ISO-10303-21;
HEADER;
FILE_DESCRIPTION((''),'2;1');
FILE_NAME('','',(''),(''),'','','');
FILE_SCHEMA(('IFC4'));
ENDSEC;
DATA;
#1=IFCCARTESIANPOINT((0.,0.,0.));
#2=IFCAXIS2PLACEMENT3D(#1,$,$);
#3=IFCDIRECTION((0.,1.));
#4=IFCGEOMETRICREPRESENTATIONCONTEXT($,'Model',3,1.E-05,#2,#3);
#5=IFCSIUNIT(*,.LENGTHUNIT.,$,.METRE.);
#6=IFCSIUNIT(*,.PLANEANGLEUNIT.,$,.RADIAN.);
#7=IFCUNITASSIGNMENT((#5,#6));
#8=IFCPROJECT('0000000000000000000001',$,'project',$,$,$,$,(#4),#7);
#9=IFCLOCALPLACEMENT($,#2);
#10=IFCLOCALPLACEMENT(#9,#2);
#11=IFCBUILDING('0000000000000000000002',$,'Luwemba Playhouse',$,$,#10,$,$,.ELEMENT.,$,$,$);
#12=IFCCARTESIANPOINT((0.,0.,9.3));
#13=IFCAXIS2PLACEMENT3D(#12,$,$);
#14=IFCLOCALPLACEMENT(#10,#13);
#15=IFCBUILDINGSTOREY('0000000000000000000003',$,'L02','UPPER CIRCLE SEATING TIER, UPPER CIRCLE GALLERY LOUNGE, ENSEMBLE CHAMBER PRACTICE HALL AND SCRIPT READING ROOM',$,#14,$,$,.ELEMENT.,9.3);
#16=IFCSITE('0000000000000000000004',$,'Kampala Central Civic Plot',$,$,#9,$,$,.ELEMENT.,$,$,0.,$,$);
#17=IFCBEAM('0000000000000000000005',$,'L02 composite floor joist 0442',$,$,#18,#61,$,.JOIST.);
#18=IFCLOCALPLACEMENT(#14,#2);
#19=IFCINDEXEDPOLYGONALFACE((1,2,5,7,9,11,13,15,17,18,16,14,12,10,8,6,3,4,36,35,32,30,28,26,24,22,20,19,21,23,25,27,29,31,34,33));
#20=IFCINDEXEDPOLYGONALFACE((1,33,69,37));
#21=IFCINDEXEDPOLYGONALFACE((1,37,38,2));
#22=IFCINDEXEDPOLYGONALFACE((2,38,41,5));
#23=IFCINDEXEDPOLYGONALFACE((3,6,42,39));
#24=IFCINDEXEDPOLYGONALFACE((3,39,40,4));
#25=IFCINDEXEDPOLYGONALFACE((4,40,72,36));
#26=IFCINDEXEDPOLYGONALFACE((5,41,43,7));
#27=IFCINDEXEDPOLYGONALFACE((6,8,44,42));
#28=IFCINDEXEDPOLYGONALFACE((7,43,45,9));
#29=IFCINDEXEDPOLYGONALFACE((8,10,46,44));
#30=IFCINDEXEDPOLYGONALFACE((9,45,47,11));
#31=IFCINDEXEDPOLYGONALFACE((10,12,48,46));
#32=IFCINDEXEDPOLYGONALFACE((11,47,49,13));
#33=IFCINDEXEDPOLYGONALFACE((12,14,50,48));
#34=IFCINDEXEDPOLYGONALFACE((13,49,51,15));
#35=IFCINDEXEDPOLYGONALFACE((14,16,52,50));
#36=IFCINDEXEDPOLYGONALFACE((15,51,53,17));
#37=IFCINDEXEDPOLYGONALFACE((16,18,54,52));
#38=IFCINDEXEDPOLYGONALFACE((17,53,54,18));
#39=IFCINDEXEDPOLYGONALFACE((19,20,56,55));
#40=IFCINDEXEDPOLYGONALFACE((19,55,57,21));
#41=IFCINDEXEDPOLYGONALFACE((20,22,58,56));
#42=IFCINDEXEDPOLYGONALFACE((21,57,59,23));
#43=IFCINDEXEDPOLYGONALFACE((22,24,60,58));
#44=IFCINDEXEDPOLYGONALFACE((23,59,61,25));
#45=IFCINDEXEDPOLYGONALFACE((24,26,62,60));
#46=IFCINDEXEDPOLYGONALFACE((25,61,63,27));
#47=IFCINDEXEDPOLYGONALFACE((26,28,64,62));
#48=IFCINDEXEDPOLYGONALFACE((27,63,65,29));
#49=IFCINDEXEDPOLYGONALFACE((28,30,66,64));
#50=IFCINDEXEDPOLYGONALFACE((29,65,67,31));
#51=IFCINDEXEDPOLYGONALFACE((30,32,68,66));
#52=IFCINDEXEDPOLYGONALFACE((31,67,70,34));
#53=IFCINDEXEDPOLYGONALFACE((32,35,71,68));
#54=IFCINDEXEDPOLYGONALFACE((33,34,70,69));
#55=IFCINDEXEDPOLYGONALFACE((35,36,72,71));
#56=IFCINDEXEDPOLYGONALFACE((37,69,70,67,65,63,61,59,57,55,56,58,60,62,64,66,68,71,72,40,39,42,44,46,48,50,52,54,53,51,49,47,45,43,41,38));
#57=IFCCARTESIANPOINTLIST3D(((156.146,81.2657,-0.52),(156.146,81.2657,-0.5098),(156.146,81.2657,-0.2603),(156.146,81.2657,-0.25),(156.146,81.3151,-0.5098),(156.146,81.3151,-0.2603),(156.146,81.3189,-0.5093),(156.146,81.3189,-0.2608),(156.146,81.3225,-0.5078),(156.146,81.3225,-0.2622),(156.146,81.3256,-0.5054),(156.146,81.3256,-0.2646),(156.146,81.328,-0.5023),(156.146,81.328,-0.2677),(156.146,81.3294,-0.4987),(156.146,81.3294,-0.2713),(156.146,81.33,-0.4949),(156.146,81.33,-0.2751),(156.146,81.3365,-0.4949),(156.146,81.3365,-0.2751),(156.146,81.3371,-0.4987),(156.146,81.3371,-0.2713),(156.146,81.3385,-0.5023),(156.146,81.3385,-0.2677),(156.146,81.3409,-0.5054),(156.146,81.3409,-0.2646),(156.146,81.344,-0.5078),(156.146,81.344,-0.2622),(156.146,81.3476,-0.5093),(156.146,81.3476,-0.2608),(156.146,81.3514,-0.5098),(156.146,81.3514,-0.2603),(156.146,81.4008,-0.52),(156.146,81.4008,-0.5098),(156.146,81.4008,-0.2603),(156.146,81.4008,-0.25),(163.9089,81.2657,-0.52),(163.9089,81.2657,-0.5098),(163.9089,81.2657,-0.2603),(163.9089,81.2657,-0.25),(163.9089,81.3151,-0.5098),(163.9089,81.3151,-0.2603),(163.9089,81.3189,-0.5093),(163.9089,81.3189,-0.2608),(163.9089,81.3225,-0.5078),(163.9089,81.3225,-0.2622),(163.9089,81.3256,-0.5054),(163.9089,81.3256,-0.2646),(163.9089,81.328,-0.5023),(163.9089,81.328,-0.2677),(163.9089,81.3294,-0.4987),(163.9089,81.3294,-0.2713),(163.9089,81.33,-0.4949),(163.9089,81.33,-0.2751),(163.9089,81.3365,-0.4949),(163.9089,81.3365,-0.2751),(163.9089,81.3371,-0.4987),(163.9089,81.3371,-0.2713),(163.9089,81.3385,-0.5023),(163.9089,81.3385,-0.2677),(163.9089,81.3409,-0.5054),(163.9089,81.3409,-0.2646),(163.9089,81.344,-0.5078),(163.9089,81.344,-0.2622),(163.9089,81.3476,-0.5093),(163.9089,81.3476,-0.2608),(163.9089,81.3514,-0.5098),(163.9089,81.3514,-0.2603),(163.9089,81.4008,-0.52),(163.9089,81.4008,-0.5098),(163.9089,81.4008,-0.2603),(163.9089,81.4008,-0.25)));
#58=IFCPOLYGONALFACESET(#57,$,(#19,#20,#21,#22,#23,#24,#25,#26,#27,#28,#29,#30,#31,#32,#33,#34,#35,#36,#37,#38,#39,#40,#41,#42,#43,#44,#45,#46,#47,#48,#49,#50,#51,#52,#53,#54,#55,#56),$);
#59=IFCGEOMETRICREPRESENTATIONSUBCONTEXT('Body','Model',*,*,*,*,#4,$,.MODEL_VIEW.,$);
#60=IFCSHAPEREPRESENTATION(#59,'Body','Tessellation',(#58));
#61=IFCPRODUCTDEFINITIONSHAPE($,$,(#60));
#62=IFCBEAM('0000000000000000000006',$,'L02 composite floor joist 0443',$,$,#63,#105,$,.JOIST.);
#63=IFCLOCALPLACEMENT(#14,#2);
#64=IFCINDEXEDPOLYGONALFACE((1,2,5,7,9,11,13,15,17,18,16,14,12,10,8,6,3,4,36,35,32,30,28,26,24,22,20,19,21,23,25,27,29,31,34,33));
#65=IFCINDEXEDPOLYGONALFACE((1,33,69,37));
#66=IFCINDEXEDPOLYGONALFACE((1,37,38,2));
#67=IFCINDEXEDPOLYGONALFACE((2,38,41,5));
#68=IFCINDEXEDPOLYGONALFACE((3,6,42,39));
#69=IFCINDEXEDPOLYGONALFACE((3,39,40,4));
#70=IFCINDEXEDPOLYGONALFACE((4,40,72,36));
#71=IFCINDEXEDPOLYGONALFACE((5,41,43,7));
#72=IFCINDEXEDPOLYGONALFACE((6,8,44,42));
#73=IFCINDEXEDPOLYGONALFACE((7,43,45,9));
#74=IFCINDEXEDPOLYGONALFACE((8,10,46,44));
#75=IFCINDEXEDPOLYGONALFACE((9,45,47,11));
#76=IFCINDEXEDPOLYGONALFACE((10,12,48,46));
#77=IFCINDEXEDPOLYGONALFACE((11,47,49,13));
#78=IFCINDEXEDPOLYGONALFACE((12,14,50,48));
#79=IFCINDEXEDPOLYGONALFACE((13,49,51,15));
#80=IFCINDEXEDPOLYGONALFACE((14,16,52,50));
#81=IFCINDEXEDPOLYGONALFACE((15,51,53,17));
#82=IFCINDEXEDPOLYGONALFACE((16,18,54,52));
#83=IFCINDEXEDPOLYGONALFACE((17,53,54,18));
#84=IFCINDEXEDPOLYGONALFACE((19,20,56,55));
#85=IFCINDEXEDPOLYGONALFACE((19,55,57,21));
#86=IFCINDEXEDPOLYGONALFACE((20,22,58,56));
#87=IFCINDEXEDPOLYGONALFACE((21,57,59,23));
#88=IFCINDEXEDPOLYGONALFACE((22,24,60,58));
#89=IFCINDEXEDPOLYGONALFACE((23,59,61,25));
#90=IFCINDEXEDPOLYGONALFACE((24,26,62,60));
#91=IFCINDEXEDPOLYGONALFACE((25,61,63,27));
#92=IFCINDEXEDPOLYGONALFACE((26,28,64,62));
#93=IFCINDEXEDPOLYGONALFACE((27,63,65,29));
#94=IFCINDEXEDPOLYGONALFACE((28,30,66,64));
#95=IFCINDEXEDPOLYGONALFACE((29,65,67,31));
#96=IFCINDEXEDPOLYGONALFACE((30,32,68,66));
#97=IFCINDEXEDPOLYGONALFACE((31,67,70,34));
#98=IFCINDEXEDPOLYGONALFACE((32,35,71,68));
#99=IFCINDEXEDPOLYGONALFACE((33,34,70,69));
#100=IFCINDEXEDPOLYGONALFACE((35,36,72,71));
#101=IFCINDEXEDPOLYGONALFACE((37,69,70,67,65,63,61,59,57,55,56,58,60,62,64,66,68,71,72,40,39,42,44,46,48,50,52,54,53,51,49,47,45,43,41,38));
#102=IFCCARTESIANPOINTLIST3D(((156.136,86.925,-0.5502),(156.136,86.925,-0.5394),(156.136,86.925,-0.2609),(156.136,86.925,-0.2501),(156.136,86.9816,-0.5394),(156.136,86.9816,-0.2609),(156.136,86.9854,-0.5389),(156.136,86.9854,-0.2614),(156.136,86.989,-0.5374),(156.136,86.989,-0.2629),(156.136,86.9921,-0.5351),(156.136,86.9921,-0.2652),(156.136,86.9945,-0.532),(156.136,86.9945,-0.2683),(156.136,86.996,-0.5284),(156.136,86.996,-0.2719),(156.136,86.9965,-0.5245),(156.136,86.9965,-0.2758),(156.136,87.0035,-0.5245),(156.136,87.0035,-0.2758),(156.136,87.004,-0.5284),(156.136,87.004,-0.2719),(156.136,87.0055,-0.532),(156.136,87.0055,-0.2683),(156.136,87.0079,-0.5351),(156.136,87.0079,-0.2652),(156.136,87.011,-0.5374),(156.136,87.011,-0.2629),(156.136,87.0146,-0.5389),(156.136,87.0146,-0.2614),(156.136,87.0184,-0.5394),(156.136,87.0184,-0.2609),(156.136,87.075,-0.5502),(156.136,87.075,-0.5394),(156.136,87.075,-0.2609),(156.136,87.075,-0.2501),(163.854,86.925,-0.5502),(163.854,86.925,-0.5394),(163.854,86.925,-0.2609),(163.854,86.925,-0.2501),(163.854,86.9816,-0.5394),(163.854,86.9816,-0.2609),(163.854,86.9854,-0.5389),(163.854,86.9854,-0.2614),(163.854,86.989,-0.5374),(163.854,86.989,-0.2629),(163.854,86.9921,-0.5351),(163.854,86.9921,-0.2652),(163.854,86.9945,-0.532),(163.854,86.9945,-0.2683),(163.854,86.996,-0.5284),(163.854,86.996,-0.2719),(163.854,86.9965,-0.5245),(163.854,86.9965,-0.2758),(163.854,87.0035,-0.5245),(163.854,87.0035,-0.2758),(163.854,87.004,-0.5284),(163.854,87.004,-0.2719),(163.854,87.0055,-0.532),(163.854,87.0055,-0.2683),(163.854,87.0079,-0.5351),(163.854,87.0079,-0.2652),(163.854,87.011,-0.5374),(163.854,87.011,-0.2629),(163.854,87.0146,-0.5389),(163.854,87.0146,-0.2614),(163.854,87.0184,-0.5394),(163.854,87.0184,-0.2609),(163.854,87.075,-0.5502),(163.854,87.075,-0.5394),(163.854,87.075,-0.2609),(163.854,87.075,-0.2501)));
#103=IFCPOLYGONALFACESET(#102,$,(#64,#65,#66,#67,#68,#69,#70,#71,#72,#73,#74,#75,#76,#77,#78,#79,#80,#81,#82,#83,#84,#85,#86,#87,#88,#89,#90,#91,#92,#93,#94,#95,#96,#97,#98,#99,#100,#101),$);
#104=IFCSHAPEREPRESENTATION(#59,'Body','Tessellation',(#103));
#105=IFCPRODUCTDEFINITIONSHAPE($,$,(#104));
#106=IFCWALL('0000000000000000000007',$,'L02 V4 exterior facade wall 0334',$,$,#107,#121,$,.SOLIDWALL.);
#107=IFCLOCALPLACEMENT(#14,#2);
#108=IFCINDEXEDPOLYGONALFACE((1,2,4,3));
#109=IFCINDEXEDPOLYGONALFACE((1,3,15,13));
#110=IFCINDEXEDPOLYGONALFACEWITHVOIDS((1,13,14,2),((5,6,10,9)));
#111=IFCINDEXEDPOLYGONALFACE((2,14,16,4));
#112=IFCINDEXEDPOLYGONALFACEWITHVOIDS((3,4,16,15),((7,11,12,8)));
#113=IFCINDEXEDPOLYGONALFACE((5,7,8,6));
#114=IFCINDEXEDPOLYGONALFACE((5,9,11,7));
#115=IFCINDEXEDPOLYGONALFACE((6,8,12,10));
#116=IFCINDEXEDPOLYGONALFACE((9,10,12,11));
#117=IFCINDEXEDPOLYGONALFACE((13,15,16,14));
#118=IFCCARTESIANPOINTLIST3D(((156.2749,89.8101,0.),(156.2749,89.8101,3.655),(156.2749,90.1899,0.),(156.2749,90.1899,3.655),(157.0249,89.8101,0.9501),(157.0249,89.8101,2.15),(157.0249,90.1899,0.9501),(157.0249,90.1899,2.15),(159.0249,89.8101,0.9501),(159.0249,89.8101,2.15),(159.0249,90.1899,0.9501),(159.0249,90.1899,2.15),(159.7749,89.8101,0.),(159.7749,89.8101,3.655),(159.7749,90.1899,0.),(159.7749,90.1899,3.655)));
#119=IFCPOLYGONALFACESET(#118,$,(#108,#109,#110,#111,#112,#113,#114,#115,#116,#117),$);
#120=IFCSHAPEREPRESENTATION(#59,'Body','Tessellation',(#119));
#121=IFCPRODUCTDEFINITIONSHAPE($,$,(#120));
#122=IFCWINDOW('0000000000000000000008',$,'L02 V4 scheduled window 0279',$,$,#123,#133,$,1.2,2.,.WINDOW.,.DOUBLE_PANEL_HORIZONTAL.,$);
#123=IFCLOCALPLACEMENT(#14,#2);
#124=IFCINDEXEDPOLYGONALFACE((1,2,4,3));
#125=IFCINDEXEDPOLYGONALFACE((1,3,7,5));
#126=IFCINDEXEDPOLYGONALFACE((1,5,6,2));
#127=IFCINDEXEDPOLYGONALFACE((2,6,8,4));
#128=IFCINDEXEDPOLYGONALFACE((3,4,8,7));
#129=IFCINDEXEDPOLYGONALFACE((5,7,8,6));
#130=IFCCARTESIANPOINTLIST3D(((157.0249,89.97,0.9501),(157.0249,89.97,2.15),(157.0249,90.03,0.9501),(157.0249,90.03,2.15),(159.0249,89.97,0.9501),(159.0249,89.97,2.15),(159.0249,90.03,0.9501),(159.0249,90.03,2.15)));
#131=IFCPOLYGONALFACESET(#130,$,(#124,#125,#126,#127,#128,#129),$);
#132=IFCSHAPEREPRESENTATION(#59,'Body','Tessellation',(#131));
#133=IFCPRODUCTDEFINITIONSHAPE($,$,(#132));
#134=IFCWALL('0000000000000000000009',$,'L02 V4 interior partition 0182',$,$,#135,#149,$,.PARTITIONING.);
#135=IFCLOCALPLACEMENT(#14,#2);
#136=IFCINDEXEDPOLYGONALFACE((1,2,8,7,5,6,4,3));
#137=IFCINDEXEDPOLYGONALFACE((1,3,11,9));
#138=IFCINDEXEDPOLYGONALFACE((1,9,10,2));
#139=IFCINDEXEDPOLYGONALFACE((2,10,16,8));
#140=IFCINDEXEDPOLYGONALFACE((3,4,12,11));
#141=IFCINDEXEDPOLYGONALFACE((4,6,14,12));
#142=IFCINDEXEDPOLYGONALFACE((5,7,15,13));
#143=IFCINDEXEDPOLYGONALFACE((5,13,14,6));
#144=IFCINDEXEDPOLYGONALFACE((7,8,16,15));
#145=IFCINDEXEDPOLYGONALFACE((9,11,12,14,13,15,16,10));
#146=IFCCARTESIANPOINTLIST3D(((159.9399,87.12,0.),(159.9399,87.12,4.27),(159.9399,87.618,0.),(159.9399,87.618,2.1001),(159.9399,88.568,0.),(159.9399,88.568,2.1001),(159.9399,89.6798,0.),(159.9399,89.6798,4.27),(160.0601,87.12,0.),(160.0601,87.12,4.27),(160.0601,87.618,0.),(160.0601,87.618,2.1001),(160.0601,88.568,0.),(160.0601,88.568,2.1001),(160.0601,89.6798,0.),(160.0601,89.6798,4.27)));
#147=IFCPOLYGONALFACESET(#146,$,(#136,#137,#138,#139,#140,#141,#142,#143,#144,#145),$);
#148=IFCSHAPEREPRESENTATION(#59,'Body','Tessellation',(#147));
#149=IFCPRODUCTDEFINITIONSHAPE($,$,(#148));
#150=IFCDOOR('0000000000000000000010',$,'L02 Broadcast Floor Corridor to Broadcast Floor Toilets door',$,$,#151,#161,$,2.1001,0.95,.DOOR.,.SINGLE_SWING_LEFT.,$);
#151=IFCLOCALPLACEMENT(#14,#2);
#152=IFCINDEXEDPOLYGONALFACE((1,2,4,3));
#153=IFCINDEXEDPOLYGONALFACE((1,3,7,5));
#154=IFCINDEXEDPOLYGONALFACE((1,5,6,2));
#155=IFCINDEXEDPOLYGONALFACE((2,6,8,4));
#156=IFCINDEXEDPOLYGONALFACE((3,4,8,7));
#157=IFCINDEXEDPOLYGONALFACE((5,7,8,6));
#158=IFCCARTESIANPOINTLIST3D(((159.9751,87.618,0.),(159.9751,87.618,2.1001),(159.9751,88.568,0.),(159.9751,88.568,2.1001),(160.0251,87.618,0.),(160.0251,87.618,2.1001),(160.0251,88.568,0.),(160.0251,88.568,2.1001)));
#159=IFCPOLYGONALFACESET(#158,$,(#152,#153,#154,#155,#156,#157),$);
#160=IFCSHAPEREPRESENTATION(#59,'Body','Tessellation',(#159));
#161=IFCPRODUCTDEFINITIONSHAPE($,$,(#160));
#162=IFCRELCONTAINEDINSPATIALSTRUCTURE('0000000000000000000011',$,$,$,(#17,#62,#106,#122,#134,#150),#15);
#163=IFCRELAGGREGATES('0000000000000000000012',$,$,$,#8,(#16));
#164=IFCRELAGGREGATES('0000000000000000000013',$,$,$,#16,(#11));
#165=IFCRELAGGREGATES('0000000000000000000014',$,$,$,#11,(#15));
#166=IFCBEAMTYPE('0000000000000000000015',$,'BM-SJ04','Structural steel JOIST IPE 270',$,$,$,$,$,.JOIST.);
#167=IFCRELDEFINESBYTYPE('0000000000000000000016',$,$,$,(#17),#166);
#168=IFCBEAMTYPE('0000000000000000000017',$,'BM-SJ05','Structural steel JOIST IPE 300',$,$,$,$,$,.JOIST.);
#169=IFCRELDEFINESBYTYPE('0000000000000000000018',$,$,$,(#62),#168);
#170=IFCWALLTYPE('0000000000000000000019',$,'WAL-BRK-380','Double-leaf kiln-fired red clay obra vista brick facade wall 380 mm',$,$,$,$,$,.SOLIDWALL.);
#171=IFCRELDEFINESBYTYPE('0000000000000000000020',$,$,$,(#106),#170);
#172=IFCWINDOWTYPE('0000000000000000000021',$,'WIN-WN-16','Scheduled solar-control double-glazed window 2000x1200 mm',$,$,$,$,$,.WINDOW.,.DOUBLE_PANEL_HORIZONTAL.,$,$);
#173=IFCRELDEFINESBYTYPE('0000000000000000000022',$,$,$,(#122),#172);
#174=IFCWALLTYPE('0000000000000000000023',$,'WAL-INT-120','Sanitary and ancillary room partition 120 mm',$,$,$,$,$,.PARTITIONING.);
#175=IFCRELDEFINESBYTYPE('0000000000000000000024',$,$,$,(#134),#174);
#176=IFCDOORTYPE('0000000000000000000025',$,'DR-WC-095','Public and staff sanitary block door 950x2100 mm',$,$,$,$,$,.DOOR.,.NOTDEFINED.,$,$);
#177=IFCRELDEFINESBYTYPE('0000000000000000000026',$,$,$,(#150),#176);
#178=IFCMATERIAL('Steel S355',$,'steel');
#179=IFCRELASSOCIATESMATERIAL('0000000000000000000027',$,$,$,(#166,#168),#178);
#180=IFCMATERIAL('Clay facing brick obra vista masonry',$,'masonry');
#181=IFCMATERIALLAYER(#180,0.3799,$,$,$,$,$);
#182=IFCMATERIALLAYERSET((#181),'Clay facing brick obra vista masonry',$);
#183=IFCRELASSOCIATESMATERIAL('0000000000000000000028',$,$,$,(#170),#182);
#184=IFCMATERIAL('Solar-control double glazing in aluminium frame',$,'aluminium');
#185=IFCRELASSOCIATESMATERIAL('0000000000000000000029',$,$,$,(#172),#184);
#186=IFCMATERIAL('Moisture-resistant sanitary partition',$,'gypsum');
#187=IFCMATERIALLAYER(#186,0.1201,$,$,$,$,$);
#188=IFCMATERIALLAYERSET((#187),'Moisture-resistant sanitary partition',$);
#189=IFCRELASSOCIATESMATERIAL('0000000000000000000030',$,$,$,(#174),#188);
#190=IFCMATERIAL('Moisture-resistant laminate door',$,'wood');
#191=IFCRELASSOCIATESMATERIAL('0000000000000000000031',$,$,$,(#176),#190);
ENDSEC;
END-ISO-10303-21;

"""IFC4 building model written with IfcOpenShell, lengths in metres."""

from ifc_helpers import new_model, si_unit, direction, frame, frame_2d, origin, origin_2d, place, context, subcontext, project, spatial, rectangle, i_section, extrude, material, layer, layer_set, material_profile, profile_set, type_object, element, fill, save


model = new_model("IFC4")

# Units and contexts
model_context = context("Model", 3, precision=1e-05, world=origin(), true_north=direction((0.0, 1.0)))
body_context = subcontext(model_context, "Body", "Model", "MODEL_VIEW")
ifc_project = project(units=[si_unit("LENGTHUNIT", "METRE"), si_unit("PLANEANGLEUNIT", "RADIAN")], contexts=[model_context])

# Site, building, storey
site_placement = place(None, origin())
site = spatial("IfcSite", under=ifc_project, at=site_placement, Name="Kampala Central Civic Plot", CompositionType="ELEMENT", RefElevation=0.0)
building_placement = place(site_placement, origin())
building = spatial("IfcBuilding", under=site, at=building_placement, Name="Luwemba Playhouse", CompositionType="ELEMENT")
storey_placement = place(building_placement, frame((0.0, 0.0, 9.3)))
storey = spatial("IfcBuildingStorey", under=building, at=storey_placement, Name="L02", Description="UPPER CIRCLE SEATING TIER, UPPER CIRCLE GALLERY LOUNGE, ENSEMBLE CHAMBER PRACTICE HALL AND SCRIPT READING ROOM", CompositionType="ELEMENT", Elevation=9.3)

# Beams
ifc_material_1 = material(Name="Steel S355", Category="steel")
ifc_material_profile_1 = material_profile(ifc_material_1, i_section(OverallWidth=0.135, OverallDepth=0.27, WebThickness=0.0066, FlangeThickness=0.0103, FilletRadius=0.0149, at=origin_2d()))
ifc_profile_set_1 = profile_set([ifc_material_profile_1], Name="Steel S355")
beam_type_1 = type_object("IfcBeamType", Name="BM-SJ04", Description="Structural steel JOIST IPE 270", PredefinedType="JOIST", material=ifc_profile_set_1)
beam_1_placement = place(storey_placement, frame((156.146, 81.3333, -0.385), z_axis=(1.0, 0.0, 0.0), x_axis=(0.0, 1.0, 0.0)))
element("IfcBeam", 1, at=beam_1_placement, inside=storey, type_object=beam_type_1, Name="L02 composite floor joist 0442", PredefinedType="JOIST", context=body_context, shape_type="SweptSolid", body=[
    extrude(i_section(OverallWidth=0.135, OverallDepth=0.27, WebThickness=0.0066, FlangeThickness=0.0103, FilletRadius=0.0149, at=origin_2d()), origin(), (0.0, 0.0, 1.0), 7.7629),
])
ifc_material_profile_2 = material_profile(ifc_material_1, i_section(OverallWidth=0.1499, OverallDepth=0.3, WebThickness=0.0071, FlangeThickness=0.0107, FilletRadius=0.0149, at=origin_2d()))
ifc_profile_set_2 = profile_set([ifc_material_profile_2], Name="Steel S355")
beam_type_2 = type_object("IfcBeamType", Name="BM-SJ05", Description="Structural steel JOIST IPE 300", PredefinedType="JOIST", material=ifc_profile_set_2)
beam_2_placement = place(storey_placement, frame((156.136, 87.0, -0.4001), z_axis=(1.0, 0.0, 0.0), x_axis=(0.0, 1.0, 0.0)))
element("IfcBeam", 2, at=beam_2_placement, inside=storey, type_object=beam_type_2, Name="L02 composite floor joist 0443", PredefinedType="JOIST", context=body_context, shape_type="SweptSolid", body=[
    extrude(i_section(OverallWidth=0.1499, OverallDepth=0.3, WebThickness=0.0071, FlangeThickness=0.0107, FilletRadius=0.0149, at=origin_2d()), origin(), (0.0, 0.0, 1.0), 7.718),
])

# Wall, opening, window
ifc_material_2 = material(Name="Clay facing brick obra vista masonry", Category="masonry")
ifc_layer_1 = layer(ifc_material_2, 0.3799)
ifc_layer_set_1 = layer_set([ifc_layer_1], Name="Clay facing brick obra vista masonry")
wall_type_1 = type_object("IfcWallType", Name="WAL-BRK-380", Description="Double-leaf kiln-fired red clay obra vista brick facade wall 380 mm", PredefinedType="SOLIDWALL", material=ifc_layer_set_1)
wall_1_placement = place(storey_placement, frame((156.2749, 90.0, 0.0), z_axis=(0.0, 0.0, 1.0), x_axis=(1.0, 0.0, 0.0)))
wall_1 = element("IfcWall", 3, at=wall_1_placement, inside=storey, type_object=wall_type_1, Name="L02 V4 exterior facade wall 0334", PredefinedType="SOLIDWALL", context=body_context, shape_type="SweptSolid", body=[
    extrude(rectangle(XDim=3.5, YDim=0.3799, at=frame_2d((1.75, 0.0))), origin(), (0.0, 0.0, 1.0), 3.655),
])
opening_1_placement = place(wall_1_placement, frame((0.75, 0.0, 0.95)))
opening_1 = element("IfcOpeningElement", 4, at=opening_1_placement, cuts=wall_1, PredefinedType="OPENING", context=body_context, shape_type="SweptSolid", body=[
    extrude(rectangle(XDim=2.0, YDim=1.2, at=frame_2d((1.0, 0.6001))), frame((0.0, 0.2, 0.0), z_axis=(0.0, -1.0, 0.0), x_axis=(1.0, 0.0, 0.0)), (0.0, 0.0, 1.0), 0.3999),
])
ifc_material_3 = material(Name="Solar-control double glazing in aluminium frame", Category="aluminium")
window_type_1 = type_object("IfcWindowType", Name="WIN-WN-16", Description="Scheduled solar-control double-glazed window 2000x1200 mm", PartitioningType="DOUBLE_PANEL_HORIZONTAL", PredefinedType="WINDOW", material=ifc_material_3)
window_1_placement = place(opening_1_placement, origin())
window_1 = element("IfcWindow", 5, at=window_1_placement, inside=storey, type_object=window_type_1, Name="L02 V4 scheduled window 0279", OverallHeight=1.2, OverallWidth=2.0, PartitioningType="DOUBLE_PANEL_HORIZONTAL", PredefinedType="WINDOW", context=body_context, shape_type="SweptSolid", body=[
    extrude(rectangle(XDim=2.0, YDim=1.2, at=frame_2d((1.0, 0.6001))), frame((0.0, 0.03, 0.0), z_axis=(0.0, -1.0, 0.0), x_axis=(1.0, 0.0, 0.0)), (0.0, 0.0, 1.0), 0.0601),
])
fill(opening_1, window_1)

# Wall, opening, door
ifc_material_4 = material(Name="Moisture-resistant sanitary partition", Category="gypsum")
ifc_layer_2 = layer(ifc_material_4, 0.1201)
ifc_layer_set_2 = layer_set([ifc_layer_2], Name="Moisture-resistant sanitary partition")
wall_type_2 = type_object("IfcWallType", Name="WAL-INT-120", Description="Sanitary and ancillary room partition 120 mm", PredefinedType="PARTITIONING", material=ifc_layer_set_2)
wall_2_placement = place(storey_placement, frame((160.0, 87.1201, 0.0), z_axis=(0.0, 0.0, 1.0), x_axis=(0.0, 1.0, 0.0)))
wall_2 = element("IfcWall", 6, at=wall_2_placement, inside=storey, type_object=wall_type_2, Name="L02 V4 interior partition 0182", PredefinedType="PARTITIONING", context=body_context, shape_type="SweptSolid", body=[
    extrude(rectangle(XDim=2.5598, YDim=0.1201, at=frame_2d((1.2798, 0.0))), origin(), (0.0, 0.0, 1.0), 4.27),
])
opening_2_placement = place(wall_2_placement, frame((0.4978, 0.0, 0.0)))
opening_2 = element("IfcOpeningElement", 7, at=opening_2_placement, cuts=wall_2, PredefinedType="OPENING", context=body_context, shape_type="SweptSolid", body=[
    extrude(rectangle(XDim=0.95, YDim=2.1001, at=frame_2d((0.4751, 1.05))), frame((0.0, 0.0701, 0.0), z_axis=(0.0, -1.0, 0.0), x_axis=(1.0, 0.0, 0.0)), (0.0, 0.0, 1.0), 0.1401),
])
ifc_material_5 = material(Name="Moisture-resistant laminate door", Category="wood")
door_type_1 = type_object("IfcDoorType", Name="DR-WC-095", Description="Public and staff sanitary block door 950x2100 mm", OperationType="NOTDEFINED", PredefinedType="DOOR", material=ifc_material_5)
door_1_placement = place(opening_2_placement, origin())
door_1 = element("IfcDoor", 8, at=door_1_placement, inside=storey, type_object=door_type_1, Name="L02 Broadcast Floor Corridor to Broadcast Floor Toilets door", OperationType="SINGLE_SWING_LEFT", OverallHeight=2.1001, OverallWidth=0.95, PredefinedType="DOOR", context=body_context, shape_type="SweptSolid", body=[
    extrude(rectangle(XDim=0.95, YDim=2.1001, at=frame_2d((0.4751, 1.05))), frame((0.0, 0.0249, 0.0), z_axis=(0.0, -1.0, 0.0), x_axis=(1.0, 0.0, 0.0)), (0.0, 0.0, 1.0), 0.05),
])
fill(opening_2, door_1)

save(model, "model.ifc")
